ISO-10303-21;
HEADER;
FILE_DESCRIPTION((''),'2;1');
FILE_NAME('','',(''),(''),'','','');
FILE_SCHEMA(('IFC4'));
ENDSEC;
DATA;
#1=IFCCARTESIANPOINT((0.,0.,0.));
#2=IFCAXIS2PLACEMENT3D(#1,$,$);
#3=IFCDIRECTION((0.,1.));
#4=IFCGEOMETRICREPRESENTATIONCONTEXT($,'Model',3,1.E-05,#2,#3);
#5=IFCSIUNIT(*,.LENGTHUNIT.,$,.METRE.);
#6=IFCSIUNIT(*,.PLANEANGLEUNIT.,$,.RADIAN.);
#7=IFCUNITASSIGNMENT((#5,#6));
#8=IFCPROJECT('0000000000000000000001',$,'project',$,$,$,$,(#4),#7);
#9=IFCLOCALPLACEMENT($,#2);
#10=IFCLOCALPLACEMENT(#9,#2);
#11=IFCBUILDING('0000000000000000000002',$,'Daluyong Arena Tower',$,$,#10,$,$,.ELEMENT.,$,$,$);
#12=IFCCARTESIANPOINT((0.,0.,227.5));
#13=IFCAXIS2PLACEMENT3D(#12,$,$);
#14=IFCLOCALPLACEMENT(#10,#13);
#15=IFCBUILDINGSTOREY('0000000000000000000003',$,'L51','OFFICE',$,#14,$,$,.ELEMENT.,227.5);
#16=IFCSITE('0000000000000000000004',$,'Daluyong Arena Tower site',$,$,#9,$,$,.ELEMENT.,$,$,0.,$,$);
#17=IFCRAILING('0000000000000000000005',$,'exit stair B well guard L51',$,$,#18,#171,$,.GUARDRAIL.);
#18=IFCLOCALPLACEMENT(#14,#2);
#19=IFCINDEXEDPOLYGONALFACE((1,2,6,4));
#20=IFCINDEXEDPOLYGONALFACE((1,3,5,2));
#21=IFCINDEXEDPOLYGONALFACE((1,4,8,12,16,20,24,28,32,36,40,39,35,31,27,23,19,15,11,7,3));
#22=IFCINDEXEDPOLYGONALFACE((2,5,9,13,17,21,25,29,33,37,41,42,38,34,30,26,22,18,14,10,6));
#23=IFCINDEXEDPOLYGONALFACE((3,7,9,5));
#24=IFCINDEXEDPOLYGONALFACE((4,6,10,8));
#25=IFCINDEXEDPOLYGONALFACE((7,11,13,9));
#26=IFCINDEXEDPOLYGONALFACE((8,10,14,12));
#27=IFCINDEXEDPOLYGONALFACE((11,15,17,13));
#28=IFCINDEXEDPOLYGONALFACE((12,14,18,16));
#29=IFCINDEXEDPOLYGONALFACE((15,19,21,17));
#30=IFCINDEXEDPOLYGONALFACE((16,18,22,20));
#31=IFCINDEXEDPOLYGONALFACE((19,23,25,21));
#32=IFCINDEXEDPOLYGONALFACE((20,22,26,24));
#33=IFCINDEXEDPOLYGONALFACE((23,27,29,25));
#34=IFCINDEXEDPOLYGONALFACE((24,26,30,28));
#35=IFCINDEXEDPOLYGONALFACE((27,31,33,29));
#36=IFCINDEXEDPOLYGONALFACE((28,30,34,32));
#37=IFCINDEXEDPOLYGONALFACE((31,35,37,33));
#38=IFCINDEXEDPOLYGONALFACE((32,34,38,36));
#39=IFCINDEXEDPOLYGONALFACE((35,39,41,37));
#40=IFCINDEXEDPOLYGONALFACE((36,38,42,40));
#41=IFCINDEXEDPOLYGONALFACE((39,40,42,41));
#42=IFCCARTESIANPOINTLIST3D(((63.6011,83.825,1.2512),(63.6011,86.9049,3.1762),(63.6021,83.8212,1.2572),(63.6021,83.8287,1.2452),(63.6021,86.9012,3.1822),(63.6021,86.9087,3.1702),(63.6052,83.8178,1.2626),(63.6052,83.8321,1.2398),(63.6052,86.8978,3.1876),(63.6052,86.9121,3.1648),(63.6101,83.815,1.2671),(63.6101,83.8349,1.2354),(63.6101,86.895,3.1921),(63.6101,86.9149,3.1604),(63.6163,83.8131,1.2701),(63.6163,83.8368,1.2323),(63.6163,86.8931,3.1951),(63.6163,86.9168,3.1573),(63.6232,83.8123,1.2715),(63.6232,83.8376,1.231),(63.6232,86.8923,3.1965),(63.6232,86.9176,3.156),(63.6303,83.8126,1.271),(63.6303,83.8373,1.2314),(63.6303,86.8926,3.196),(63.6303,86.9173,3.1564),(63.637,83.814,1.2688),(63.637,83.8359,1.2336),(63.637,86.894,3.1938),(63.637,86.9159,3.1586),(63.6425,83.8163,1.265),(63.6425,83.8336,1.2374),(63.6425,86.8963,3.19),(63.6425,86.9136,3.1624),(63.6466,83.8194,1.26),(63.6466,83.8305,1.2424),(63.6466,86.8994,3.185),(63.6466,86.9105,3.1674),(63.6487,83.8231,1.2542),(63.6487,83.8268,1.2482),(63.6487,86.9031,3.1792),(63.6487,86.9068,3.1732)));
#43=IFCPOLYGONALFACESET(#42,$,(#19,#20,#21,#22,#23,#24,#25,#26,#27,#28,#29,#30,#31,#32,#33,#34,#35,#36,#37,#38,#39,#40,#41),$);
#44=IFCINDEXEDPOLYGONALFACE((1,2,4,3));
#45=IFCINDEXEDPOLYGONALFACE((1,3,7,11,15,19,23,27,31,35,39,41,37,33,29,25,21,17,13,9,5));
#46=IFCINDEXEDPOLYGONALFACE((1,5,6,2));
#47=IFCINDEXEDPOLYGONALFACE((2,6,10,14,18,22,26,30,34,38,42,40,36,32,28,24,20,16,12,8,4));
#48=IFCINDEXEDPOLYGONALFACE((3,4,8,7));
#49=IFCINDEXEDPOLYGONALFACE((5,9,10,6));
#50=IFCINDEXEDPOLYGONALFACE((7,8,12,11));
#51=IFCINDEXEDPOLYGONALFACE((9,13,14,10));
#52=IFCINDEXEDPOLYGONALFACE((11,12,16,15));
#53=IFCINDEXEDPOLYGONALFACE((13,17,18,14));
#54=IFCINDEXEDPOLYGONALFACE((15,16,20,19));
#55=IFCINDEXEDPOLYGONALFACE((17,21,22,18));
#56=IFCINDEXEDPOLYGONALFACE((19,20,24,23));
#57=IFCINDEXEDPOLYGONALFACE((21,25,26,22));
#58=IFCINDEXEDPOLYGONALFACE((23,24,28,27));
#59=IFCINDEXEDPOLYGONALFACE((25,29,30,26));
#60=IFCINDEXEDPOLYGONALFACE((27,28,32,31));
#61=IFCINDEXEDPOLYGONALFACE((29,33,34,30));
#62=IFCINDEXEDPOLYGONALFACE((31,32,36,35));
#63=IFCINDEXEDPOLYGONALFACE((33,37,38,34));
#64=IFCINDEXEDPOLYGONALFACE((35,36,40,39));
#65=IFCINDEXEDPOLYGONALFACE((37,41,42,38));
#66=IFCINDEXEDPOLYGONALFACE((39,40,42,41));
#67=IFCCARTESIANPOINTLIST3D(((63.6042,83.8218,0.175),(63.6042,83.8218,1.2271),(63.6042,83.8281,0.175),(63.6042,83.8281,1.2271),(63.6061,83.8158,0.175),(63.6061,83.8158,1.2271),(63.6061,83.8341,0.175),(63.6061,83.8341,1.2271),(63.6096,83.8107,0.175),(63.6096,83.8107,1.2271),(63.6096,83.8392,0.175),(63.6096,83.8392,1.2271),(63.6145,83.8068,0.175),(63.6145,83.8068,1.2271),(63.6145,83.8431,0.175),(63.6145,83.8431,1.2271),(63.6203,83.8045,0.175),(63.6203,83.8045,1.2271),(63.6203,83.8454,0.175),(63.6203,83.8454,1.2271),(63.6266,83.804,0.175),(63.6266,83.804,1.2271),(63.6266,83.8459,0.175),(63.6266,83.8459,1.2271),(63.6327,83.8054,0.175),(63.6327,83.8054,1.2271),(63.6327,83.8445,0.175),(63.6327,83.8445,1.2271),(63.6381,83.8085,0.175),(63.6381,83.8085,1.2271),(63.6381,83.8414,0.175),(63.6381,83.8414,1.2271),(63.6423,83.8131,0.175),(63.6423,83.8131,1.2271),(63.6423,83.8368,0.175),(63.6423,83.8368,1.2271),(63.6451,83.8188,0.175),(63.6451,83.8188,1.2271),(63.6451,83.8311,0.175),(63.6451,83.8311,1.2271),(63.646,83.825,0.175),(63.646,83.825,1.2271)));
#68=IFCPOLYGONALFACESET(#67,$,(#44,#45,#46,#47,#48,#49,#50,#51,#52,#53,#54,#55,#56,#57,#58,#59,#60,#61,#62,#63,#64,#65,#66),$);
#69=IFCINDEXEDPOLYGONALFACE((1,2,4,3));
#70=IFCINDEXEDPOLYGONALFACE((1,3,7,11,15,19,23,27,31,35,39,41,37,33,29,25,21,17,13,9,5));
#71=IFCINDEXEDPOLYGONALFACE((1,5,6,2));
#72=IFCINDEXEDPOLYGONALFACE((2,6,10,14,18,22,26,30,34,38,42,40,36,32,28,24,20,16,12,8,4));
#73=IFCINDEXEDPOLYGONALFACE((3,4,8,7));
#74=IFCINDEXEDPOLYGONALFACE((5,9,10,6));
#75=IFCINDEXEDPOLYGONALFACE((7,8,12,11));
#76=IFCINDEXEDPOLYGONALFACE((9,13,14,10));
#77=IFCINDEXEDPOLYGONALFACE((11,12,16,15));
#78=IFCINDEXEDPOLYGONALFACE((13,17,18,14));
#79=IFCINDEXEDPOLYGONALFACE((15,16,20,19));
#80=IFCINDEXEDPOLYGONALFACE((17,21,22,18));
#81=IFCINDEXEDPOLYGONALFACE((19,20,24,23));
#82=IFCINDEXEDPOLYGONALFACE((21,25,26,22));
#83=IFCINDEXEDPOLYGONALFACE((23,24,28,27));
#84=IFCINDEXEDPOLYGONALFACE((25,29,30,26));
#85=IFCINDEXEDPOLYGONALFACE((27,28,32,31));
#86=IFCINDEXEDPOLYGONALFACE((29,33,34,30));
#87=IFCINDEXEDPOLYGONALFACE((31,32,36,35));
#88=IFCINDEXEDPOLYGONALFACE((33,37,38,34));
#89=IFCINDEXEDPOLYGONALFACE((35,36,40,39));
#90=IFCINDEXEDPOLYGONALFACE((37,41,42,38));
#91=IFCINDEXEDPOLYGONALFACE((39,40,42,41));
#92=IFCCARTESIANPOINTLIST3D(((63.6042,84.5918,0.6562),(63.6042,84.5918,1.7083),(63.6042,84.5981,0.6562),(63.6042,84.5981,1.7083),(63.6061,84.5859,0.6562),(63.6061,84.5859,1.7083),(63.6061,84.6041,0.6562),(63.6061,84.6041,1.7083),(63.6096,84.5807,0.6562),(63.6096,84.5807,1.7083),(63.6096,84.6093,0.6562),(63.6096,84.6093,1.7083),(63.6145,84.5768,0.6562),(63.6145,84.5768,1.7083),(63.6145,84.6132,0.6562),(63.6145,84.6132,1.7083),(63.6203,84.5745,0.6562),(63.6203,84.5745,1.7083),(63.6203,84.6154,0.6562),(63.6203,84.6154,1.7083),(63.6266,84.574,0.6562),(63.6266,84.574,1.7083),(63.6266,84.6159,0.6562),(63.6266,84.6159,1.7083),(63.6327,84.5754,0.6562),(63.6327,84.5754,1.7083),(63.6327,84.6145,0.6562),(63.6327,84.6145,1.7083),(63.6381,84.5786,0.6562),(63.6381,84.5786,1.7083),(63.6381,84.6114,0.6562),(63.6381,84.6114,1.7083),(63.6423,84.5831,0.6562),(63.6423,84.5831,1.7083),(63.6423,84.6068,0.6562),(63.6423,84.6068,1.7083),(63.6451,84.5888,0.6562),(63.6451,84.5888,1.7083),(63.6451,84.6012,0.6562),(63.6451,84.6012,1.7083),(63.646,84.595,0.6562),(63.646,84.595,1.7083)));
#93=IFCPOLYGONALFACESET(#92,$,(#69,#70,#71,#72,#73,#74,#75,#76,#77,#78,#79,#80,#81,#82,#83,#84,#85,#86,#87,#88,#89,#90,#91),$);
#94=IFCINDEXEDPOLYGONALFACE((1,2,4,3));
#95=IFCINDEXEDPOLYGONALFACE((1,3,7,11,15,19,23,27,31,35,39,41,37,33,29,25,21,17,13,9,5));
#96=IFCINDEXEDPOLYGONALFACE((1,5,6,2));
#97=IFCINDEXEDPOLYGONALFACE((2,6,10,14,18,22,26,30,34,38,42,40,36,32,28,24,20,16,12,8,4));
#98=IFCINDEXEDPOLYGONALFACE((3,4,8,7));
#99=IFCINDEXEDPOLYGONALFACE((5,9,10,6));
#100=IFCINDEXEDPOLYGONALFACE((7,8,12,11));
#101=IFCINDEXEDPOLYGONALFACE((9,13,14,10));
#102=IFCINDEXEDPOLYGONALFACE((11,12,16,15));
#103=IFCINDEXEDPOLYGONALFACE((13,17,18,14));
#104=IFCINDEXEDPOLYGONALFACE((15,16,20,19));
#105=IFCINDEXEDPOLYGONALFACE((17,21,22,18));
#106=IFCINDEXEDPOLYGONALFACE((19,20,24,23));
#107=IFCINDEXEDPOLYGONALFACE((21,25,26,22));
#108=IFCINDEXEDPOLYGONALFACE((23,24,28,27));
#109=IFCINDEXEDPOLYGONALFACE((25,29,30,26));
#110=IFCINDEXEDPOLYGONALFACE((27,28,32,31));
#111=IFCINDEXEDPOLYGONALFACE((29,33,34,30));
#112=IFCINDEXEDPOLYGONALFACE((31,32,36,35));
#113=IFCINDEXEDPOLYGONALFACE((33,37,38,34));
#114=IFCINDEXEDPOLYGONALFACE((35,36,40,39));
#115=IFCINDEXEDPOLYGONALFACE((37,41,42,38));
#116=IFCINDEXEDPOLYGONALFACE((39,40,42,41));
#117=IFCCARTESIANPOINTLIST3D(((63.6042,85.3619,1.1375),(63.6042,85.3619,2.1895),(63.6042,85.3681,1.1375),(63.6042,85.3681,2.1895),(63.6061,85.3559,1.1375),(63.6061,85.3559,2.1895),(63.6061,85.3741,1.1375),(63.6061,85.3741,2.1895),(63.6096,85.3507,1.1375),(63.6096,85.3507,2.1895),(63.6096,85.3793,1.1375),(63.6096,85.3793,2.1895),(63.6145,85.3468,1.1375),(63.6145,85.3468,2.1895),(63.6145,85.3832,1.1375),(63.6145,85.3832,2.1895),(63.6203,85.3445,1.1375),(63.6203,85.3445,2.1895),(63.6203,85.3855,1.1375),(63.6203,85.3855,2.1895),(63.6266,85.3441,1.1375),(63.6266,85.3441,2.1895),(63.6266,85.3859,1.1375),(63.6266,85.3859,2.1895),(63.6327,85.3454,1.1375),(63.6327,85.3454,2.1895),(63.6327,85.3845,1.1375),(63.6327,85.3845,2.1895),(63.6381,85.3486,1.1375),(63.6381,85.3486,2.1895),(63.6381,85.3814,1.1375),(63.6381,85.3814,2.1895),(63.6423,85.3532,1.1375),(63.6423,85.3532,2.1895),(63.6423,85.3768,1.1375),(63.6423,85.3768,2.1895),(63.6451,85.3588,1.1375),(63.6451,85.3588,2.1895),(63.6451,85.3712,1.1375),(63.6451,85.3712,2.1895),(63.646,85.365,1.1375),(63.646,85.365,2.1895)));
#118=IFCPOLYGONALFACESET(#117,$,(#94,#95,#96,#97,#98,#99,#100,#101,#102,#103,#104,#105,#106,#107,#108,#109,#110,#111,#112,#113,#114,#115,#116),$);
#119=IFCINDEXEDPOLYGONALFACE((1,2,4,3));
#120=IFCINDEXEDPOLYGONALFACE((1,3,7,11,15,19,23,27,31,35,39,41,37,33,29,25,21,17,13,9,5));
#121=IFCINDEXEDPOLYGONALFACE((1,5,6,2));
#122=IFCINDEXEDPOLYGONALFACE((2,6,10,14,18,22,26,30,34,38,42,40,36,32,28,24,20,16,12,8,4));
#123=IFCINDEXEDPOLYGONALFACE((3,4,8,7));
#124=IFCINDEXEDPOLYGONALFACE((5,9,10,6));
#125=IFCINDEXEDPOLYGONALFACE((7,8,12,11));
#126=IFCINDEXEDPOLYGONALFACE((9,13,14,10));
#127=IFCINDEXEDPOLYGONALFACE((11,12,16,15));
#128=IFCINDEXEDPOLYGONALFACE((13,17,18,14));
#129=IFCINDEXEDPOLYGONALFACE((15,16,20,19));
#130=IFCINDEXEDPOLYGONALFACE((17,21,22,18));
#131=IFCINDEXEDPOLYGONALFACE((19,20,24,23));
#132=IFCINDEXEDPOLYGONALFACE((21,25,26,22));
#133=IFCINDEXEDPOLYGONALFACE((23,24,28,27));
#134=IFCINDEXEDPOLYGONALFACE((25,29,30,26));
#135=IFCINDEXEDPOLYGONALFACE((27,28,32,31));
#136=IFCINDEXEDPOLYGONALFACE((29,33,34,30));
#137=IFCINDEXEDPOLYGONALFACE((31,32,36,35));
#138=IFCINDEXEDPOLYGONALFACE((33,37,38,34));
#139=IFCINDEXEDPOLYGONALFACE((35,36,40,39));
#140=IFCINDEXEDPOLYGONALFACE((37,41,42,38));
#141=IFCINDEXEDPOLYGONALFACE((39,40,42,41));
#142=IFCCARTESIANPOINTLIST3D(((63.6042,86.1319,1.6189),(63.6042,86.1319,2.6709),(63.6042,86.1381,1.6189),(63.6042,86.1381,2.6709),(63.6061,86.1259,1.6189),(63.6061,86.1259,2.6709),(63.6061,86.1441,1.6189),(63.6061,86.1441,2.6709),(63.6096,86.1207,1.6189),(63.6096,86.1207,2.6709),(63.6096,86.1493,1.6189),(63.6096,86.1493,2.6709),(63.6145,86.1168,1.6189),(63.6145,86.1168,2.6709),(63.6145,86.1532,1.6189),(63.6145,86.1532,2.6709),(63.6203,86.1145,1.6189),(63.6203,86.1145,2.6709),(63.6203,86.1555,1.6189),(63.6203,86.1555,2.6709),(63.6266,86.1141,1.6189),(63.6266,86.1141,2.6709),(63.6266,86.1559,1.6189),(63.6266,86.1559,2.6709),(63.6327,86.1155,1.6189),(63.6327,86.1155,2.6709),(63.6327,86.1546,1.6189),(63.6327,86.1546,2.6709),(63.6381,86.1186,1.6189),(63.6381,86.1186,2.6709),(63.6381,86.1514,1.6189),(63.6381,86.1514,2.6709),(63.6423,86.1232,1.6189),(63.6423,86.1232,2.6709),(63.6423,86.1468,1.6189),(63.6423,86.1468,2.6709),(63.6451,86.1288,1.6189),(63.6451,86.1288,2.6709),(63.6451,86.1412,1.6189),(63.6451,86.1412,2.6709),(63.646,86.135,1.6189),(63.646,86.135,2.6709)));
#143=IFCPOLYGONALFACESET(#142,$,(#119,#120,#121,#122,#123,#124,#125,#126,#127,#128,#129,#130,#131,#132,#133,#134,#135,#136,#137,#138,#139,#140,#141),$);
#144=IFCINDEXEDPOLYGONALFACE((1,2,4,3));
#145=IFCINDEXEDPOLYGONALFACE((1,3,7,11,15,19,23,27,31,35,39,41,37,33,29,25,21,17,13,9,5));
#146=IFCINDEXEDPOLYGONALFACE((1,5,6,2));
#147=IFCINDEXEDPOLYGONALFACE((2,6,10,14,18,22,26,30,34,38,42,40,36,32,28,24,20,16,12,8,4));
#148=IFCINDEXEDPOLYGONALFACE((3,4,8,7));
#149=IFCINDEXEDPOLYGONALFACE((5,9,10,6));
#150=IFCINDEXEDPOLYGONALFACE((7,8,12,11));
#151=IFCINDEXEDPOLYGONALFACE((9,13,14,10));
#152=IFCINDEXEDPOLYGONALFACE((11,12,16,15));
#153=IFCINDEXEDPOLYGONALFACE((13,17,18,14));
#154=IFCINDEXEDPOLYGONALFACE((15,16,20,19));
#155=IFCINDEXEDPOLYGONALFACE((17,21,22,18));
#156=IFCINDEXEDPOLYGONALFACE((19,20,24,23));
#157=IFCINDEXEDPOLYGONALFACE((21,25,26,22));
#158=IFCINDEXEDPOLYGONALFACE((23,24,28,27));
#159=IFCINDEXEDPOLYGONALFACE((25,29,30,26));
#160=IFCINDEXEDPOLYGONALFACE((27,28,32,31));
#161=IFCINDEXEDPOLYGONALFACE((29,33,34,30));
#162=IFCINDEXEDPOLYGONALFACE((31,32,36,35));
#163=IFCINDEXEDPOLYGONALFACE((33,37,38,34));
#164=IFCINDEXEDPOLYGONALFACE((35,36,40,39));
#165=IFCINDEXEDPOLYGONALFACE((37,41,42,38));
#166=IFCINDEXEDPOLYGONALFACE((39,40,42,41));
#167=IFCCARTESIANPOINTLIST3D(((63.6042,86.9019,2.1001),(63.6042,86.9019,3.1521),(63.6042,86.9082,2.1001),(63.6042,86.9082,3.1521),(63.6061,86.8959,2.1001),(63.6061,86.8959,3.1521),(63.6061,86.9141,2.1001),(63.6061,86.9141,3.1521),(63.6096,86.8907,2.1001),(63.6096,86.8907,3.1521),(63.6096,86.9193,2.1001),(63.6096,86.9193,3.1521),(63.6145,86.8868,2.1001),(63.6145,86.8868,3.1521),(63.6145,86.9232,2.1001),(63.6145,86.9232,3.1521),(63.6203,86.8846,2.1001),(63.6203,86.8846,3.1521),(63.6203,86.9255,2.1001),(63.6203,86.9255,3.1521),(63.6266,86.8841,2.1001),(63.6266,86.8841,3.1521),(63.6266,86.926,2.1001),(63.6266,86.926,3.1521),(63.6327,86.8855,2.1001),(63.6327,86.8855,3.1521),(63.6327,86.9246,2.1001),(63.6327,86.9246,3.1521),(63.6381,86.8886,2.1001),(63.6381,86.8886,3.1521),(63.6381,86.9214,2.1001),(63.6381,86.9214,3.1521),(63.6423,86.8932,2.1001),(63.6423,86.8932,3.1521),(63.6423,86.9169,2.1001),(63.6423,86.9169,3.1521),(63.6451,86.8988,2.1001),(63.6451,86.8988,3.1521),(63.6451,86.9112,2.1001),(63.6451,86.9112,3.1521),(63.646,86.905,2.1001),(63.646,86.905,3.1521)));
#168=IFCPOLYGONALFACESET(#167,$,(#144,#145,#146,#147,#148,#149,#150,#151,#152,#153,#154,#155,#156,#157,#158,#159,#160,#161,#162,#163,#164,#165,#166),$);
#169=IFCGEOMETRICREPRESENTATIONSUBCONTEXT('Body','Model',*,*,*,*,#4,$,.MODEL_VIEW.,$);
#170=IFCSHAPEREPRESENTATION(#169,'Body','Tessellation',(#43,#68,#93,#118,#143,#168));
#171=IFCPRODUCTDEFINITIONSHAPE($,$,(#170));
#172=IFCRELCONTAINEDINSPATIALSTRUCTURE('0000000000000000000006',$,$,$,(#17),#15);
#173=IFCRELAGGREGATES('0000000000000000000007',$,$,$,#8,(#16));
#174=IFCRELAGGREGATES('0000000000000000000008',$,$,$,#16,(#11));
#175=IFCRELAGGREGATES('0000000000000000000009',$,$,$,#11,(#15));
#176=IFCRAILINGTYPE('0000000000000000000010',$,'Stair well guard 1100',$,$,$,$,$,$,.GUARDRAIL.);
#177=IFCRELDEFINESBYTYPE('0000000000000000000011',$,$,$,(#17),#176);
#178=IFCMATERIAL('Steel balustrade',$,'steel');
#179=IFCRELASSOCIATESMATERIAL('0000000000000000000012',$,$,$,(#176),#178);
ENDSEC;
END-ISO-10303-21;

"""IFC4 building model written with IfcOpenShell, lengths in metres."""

from ifc_helpers import new_model, si_unit, direction, frame, origin, origin_2d, place, context, subcontext, project, spatial, circle, extrude, material, type_object, element, save


model = new_model("IFC4")

# Units and contexts
model_context = context("Model", 3, precision=1e-05, world=origin(), true_north=direction((0.0, 1.0)))
body_context = subcontext(model_context, "Body", "Model", "MODEL_VIEW")
ifc_project = project(units=[si_unit("LENGTHUNIT", "METRE"), si_unit("PLANEANGLEUNIT", "RADIAN")], contexts=[model_context])

# Site, building, storey
site_placement = place(None, origin())
site = spatial("IfcSite", under=ifc_project, at=site_placement, Name="Daluyong Arena Tower site", CompositionType="ELEMENT", RefElevation=0.0)
building_placement = place(site_placement, origin())
building = spatial("IfcBuilding", under=site, at=building_placement, Name="Daluyong Arena Tower", CompositionType="ELEMENT")
storey_placement = place(building_placement, frame((0.0, 0.0, 227.5)))
storey = spatial("IfcBuildingStorey", under=building, at=storey_placement, Name="L51", Description="OFFICE", CompositionType="ELEMENT", Elevation=227.5)

# Railing
ifc_material_1 = material(Name="Steel balustrade", Category="steel")
railing_type_1 = type_object("IfcRailingType", Name="Stair well guard 1100", PredefinedType="GUARDRAIL", material=ifc_material_1)
railing_1_placement = place(storey_placement, frame((63.625, 83.825, 0.175)))
element("IfcRailing", 1, at=railing_1_placement, inside=storey, type_object=railing_type_1, Name="exit stair B well guard L51", PredefinedType="GUARDRAIL", context=body_context, shape_type="SweptSolid", body=[
    extrude(circle(Radius=0.0239, at=origin_2d()), frame((0.0, 0.0, 1.0762), z_axis=(0.0, 0.847998, 0.529999), x_axis=(-1.0, 0.0, 0.0)), (0.0, 0.0, 1.0), 3.6321),
    extrude(circle(Radius=0.021, at=origin_2d()), origin(), (0.0, 0.0, 1.0), 1.052),
    extrude(circle(Radius=0.021, at=origin_2d()), frame((0.0, 0.77, 0.4812)), (0.0, 0.0, 1.0), 1.052),
    extrude(circle(Radius=0.021, at=origin_2d()), frame((0.0, 1.54, 0.9624)), (0.0, 0.0, 1.0), 1.052),
    extrude(circle(Radius=0.021, at=origin_2d()), frame((0.0, 2.3101, 1.4438)), (0.0, 0.0, 1.0), 1.052),
    extrude(circle(Radius=0.021, at=origin_2d()), frame((0.0, 3.0801, 1.925)), (0.0, 0.0, 1.0), 1.052),
])

save(model, "model.ifc")
